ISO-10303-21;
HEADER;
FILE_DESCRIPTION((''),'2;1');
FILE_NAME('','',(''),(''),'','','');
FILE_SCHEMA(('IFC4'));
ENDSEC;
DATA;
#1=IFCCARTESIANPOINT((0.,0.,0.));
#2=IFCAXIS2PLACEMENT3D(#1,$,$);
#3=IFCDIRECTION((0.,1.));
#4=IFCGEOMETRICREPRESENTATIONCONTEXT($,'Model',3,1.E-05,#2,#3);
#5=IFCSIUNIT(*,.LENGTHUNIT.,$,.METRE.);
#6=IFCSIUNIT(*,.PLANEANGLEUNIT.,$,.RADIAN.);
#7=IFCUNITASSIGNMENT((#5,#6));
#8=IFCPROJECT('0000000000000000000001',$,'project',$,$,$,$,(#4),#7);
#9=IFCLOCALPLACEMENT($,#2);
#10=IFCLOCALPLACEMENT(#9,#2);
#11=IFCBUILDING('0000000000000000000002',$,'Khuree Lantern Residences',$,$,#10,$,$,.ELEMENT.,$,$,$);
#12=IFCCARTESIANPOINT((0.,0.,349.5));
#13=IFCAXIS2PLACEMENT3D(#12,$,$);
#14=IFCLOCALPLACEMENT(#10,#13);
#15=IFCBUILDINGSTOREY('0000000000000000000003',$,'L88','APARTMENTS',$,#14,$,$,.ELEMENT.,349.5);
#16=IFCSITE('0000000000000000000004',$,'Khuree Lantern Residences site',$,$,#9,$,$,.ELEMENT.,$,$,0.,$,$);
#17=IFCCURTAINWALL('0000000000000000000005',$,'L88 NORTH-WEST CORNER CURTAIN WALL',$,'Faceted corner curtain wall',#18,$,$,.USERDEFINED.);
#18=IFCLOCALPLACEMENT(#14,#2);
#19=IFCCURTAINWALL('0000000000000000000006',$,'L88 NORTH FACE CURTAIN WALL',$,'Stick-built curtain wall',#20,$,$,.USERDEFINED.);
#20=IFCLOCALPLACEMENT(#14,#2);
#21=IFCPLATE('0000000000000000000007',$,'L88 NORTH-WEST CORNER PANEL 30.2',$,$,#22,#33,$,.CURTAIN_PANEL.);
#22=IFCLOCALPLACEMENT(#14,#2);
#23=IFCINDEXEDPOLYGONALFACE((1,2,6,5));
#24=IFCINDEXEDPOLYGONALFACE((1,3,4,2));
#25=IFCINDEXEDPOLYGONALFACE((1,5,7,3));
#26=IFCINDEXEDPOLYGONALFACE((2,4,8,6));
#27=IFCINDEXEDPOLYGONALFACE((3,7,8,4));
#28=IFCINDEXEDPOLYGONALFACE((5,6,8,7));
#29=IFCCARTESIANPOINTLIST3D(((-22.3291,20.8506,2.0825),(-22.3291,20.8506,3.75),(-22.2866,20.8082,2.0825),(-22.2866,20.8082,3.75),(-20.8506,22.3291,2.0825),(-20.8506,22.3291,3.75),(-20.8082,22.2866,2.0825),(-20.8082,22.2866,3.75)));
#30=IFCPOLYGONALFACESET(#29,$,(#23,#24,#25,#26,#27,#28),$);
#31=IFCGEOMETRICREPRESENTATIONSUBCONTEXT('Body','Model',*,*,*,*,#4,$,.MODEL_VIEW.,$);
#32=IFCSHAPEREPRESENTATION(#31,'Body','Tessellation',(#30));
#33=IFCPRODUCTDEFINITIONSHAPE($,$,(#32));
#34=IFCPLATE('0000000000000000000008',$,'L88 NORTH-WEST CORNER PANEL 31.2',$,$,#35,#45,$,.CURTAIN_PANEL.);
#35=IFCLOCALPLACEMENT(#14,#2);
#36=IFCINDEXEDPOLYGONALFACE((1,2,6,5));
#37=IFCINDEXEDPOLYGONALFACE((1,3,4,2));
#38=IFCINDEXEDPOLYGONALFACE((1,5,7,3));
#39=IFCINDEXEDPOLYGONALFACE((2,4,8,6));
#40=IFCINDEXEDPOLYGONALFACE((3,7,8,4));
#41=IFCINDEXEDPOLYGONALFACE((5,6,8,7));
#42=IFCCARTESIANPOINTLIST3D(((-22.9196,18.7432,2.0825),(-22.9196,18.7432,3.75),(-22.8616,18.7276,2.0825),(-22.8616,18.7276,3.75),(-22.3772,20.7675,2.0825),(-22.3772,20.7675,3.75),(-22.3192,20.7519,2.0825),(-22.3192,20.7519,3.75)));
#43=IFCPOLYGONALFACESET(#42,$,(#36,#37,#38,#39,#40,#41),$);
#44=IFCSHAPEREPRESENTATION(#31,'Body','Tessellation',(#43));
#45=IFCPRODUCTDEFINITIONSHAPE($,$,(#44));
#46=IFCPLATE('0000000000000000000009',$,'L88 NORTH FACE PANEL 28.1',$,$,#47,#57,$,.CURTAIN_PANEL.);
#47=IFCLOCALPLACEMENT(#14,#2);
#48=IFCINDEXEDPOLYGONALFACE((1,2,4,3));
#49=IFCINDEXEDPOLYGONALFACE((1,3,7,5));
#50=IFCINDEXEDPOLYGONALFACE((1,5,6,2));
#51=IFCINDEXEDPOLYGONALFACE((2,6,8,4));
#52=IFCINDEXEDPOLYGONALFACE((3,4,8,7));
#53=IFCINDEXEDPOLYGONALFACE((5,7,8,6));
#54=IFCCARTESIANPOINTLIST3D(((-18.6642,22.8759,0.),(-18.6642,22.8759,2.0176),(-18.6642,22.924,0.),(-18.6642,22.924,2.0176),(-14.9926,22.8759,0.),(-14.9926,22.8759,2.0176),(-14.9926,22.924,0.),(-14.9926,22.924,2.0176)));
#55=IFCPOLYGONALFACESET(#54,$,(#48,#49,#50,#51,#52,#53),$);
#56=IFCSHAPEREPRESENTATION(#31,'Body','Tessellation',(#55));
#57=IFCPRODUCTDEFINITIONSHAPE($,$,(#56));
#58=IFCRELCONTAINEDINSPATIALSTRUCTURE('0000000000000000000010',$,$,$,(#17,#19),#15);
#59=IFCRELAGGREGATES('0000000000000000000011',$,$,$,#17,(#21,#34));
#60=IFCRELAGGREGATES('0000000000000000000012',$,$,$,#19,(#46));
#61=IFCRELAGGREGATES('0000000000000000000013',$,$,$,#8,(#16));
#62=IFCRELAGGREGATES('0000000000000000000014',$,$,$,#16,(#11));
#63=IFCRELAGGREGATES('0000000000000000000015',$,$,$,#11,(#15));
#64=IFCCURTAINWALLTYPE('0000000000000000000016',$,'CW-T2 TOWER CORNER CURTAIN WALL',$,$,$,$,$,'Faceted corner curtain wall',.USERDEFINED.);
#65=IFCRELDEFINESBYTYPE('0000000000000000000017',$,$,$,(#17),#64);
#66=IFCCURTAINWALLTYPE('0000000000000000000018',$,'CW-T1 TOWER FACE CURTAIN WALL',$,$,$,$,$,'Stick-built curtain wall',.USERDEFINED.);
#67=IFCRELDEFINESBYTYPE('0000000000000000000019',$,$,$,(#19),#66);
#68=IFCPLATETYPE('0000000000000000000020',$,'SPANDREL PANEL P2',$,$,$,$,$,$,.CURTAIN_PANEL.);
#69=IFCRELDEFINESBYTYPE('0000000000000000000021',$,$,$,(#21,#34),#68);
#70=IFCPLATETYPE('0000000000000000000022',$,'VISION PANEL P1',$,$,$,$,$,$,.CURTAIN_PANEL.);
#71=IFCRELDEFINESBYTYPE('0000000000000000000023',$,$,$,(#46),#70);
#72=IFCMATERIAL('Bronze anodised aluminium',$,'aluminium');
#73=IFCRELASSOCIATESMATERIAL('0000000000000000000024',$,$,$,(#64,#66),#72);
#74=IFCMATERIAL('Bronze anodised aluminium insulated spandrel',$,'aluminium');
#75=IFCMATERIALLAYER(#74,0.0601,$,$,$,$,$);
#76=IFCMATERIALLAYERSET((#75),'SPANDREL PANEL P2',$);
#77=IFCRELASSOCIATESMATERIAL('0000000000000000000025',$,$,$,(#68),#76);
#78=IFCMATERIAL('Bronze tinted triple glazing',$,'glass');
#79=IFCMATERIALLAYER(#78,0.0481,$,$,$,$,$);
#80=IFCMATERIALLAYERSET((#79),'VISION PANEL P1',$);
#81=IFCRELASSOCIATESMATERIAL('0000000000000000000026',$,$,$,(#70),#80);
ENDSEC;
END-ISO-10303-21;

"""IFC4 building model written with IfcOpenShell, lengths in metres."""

from ifc_helpers import new_model, si_unit, direction, frame, origin, origin_2d, place, context, subcontext, project, spatial, rectangle, extrude, material, layer, layer_set, type_object, element, aggregate, save


model = new_model("IFC4")

# Units and contexts
model_context = context("Model", 3, precision=1e-05, world=origin(), true_north=direction((0.0, 1.0)))
body_context = subcontext(model_context, "Body", "Model", "MODEL_VIEW")
ifc_project = project(units=[si_unit("LENGTHUNIT", "METRE"), si_unit("PLANEANGLEUNIT", "RADIAN")], contexts=[model_context])

# Site, building, storey
site_placement = place(None, origin())
site = spatial("IfcSite", under=ifc_project, at=site_placement, Name="Khuree Lantern Residences site", CompositionType="ELEMENT", RefElevation=0.0)
building_placement = place(site_placement, origin())
building = spatial("IfcBuilding", under=site, at=building_placement, Name="Khuree Lantern Residences", CompositionType="ELEMENT")
storey_placement = place(building_placement, frame((0.0, 0.0, 349.5)))
storey = spatial("IfcBuildingStorey", under=building, at=storey_placement, Name="L88", Description="APARTMENTS", CompositionType="ELEMENT", Elevation=349.5)

# Curtain wall
ifc_material_1 = material(Name="Bronze anodised aluminium", Category="aluminium")
curtain_wall_type_1 = type_object("IfcCurtainWallType", Name="CW-T2 TOWER CORNER CURTAIN WALL", ElementType="Faceted corner curtain wall", PredefinedType="USERDEFINED", material=ifc_material_1)
curtain_wall_1_placement = place(storey_placement, origin())
curtain_wall_1 = element("IfcCurtainWall", 1, at=curtain_wall_1_placement, inside=storey, type_object=curtain_wall_type_1, Name="L88 NORTH-WEST CORNER CURTAIN WALL", ObjectType="Faceted corner curtain wall", PredefinedType="USERDEFINED")

# Curtain wall
curtain_wall_type_2 = type_object("IfcCurtainWallType", Name="CW-T1 TOWER FACE CURTAIN WALL", ElementType="Stick-built curtain wall", PredefinedType="USERDEFINED", material=ifc_material_1)
curtain_wall_2_placement = place(storey_placement, origin())
curtain_wall_2 = element("IfcCurtainWall", 2, at=curtain_wall_2_placement, inside=storey, type_object=curtain_wall_type_2, Name="L88 NORTH FACE CURTAIN WALL", ObjectType="Stick-built curtain wall", PredefinedType="USERDEFINED")

# Plates
ifc_material_2 = material(Name="Bronze tinted triple glazing", Category="glass")
ifc_material_3 = material(Name="Bronze anodised aluminium insulated spandrel", Category="aluminium")
ifc_layer_1 = layer(ifc_material_3, 0.0601)
ifc_layer_set_1 = layer_set([ifc_layer_1], Name="SPANDREL PANEL P2")
plate_type_1 = type_object("IfcPlateType", Name="SPANDREL PANEL P2", PredefinedType="CURTAIN_PANEL", material=ifc_layer_set_1)
plate_1_placement = place(storey_placement, frame((-21.5686, 21.5686, 2.0825), z_axis=(0.0, 0.0, 1.0), x_axis=(-0.707107, -0.707107, 0.0)))
plate_1 = element("IfcPlate", 3, at=plate_1_placement, type_object=plate_type_1, Name="L88 NORTH-WEST CORNER PANEL 30.2", PredefinedType="CURTAIN_PANEL", context=body_context, shape_type="SweptSolid", body=[
    extrude(rectangle(XDim=2.0908, YDim=0.0601, at=origin_2d()), origin(), (0.0, 0.0, 1.0), 1.6675),
])
plate_2_placement = place(storey_placement, frame((-22.6194, 19.7476, 2.0825), z_axis=(0.0, 0.0, 1.0), x_axis=(-0.258819, -0.965926, 0.0)))
plate_2 = element("IfcPlate", 4, at=plate_2_placement, type_object=plate_type_1, Name="L88 NORTH-WEST CORNER PANEL 31.2", PredefinedType="CURTAIN_PANEL", context=body_context, shape_type="SweptSolid", body=[
    extrude(rectangle(XDim=2.0957, YDim=0.0601, at=origin_2d()), origin(), (0.0, 0.0, 1.0), 1.6675),
])
aggregate(curtain_wall_1, [plate_1, plate_2])
ifc_layer_2 = layer(ifc_material_2, 0.0481)
ifc_layer_set_2 = layer_set([ifc_layer_2], Name="VISION PANEL P1")
plate_type_2 = type_object("IfcPlateType", Name="VISION PANEL P1", PredefinedType="CURTAIN_PANEL", material=ifc_layer_set_2)
plate_3_placement = place(storey_placement, frame((-16.8284, 22.8999, 0.0), z_axis=(0.0, 0.0, 1.0), x_axis=(-1.0, 0.0, 0.0)))
plate_3 = element("IfcPlate", 5, at=plate_3_placement, type_object=plate_type_2, Name="L88 NORTH FACE PANEL 28.1", PredefinedType="CURTAIN_PANEL", context=body_context, shape_type="SweptSolid", body=[
    extrude(rectangle(XDim=3.6716, YDim=0.0481, at=origin_2d()), origin(), (0.0, 0.0, 1.0), 2.0176),
])
aggregate(curtain_wall_2, [plate_3])

save(model, "model.ifc")
